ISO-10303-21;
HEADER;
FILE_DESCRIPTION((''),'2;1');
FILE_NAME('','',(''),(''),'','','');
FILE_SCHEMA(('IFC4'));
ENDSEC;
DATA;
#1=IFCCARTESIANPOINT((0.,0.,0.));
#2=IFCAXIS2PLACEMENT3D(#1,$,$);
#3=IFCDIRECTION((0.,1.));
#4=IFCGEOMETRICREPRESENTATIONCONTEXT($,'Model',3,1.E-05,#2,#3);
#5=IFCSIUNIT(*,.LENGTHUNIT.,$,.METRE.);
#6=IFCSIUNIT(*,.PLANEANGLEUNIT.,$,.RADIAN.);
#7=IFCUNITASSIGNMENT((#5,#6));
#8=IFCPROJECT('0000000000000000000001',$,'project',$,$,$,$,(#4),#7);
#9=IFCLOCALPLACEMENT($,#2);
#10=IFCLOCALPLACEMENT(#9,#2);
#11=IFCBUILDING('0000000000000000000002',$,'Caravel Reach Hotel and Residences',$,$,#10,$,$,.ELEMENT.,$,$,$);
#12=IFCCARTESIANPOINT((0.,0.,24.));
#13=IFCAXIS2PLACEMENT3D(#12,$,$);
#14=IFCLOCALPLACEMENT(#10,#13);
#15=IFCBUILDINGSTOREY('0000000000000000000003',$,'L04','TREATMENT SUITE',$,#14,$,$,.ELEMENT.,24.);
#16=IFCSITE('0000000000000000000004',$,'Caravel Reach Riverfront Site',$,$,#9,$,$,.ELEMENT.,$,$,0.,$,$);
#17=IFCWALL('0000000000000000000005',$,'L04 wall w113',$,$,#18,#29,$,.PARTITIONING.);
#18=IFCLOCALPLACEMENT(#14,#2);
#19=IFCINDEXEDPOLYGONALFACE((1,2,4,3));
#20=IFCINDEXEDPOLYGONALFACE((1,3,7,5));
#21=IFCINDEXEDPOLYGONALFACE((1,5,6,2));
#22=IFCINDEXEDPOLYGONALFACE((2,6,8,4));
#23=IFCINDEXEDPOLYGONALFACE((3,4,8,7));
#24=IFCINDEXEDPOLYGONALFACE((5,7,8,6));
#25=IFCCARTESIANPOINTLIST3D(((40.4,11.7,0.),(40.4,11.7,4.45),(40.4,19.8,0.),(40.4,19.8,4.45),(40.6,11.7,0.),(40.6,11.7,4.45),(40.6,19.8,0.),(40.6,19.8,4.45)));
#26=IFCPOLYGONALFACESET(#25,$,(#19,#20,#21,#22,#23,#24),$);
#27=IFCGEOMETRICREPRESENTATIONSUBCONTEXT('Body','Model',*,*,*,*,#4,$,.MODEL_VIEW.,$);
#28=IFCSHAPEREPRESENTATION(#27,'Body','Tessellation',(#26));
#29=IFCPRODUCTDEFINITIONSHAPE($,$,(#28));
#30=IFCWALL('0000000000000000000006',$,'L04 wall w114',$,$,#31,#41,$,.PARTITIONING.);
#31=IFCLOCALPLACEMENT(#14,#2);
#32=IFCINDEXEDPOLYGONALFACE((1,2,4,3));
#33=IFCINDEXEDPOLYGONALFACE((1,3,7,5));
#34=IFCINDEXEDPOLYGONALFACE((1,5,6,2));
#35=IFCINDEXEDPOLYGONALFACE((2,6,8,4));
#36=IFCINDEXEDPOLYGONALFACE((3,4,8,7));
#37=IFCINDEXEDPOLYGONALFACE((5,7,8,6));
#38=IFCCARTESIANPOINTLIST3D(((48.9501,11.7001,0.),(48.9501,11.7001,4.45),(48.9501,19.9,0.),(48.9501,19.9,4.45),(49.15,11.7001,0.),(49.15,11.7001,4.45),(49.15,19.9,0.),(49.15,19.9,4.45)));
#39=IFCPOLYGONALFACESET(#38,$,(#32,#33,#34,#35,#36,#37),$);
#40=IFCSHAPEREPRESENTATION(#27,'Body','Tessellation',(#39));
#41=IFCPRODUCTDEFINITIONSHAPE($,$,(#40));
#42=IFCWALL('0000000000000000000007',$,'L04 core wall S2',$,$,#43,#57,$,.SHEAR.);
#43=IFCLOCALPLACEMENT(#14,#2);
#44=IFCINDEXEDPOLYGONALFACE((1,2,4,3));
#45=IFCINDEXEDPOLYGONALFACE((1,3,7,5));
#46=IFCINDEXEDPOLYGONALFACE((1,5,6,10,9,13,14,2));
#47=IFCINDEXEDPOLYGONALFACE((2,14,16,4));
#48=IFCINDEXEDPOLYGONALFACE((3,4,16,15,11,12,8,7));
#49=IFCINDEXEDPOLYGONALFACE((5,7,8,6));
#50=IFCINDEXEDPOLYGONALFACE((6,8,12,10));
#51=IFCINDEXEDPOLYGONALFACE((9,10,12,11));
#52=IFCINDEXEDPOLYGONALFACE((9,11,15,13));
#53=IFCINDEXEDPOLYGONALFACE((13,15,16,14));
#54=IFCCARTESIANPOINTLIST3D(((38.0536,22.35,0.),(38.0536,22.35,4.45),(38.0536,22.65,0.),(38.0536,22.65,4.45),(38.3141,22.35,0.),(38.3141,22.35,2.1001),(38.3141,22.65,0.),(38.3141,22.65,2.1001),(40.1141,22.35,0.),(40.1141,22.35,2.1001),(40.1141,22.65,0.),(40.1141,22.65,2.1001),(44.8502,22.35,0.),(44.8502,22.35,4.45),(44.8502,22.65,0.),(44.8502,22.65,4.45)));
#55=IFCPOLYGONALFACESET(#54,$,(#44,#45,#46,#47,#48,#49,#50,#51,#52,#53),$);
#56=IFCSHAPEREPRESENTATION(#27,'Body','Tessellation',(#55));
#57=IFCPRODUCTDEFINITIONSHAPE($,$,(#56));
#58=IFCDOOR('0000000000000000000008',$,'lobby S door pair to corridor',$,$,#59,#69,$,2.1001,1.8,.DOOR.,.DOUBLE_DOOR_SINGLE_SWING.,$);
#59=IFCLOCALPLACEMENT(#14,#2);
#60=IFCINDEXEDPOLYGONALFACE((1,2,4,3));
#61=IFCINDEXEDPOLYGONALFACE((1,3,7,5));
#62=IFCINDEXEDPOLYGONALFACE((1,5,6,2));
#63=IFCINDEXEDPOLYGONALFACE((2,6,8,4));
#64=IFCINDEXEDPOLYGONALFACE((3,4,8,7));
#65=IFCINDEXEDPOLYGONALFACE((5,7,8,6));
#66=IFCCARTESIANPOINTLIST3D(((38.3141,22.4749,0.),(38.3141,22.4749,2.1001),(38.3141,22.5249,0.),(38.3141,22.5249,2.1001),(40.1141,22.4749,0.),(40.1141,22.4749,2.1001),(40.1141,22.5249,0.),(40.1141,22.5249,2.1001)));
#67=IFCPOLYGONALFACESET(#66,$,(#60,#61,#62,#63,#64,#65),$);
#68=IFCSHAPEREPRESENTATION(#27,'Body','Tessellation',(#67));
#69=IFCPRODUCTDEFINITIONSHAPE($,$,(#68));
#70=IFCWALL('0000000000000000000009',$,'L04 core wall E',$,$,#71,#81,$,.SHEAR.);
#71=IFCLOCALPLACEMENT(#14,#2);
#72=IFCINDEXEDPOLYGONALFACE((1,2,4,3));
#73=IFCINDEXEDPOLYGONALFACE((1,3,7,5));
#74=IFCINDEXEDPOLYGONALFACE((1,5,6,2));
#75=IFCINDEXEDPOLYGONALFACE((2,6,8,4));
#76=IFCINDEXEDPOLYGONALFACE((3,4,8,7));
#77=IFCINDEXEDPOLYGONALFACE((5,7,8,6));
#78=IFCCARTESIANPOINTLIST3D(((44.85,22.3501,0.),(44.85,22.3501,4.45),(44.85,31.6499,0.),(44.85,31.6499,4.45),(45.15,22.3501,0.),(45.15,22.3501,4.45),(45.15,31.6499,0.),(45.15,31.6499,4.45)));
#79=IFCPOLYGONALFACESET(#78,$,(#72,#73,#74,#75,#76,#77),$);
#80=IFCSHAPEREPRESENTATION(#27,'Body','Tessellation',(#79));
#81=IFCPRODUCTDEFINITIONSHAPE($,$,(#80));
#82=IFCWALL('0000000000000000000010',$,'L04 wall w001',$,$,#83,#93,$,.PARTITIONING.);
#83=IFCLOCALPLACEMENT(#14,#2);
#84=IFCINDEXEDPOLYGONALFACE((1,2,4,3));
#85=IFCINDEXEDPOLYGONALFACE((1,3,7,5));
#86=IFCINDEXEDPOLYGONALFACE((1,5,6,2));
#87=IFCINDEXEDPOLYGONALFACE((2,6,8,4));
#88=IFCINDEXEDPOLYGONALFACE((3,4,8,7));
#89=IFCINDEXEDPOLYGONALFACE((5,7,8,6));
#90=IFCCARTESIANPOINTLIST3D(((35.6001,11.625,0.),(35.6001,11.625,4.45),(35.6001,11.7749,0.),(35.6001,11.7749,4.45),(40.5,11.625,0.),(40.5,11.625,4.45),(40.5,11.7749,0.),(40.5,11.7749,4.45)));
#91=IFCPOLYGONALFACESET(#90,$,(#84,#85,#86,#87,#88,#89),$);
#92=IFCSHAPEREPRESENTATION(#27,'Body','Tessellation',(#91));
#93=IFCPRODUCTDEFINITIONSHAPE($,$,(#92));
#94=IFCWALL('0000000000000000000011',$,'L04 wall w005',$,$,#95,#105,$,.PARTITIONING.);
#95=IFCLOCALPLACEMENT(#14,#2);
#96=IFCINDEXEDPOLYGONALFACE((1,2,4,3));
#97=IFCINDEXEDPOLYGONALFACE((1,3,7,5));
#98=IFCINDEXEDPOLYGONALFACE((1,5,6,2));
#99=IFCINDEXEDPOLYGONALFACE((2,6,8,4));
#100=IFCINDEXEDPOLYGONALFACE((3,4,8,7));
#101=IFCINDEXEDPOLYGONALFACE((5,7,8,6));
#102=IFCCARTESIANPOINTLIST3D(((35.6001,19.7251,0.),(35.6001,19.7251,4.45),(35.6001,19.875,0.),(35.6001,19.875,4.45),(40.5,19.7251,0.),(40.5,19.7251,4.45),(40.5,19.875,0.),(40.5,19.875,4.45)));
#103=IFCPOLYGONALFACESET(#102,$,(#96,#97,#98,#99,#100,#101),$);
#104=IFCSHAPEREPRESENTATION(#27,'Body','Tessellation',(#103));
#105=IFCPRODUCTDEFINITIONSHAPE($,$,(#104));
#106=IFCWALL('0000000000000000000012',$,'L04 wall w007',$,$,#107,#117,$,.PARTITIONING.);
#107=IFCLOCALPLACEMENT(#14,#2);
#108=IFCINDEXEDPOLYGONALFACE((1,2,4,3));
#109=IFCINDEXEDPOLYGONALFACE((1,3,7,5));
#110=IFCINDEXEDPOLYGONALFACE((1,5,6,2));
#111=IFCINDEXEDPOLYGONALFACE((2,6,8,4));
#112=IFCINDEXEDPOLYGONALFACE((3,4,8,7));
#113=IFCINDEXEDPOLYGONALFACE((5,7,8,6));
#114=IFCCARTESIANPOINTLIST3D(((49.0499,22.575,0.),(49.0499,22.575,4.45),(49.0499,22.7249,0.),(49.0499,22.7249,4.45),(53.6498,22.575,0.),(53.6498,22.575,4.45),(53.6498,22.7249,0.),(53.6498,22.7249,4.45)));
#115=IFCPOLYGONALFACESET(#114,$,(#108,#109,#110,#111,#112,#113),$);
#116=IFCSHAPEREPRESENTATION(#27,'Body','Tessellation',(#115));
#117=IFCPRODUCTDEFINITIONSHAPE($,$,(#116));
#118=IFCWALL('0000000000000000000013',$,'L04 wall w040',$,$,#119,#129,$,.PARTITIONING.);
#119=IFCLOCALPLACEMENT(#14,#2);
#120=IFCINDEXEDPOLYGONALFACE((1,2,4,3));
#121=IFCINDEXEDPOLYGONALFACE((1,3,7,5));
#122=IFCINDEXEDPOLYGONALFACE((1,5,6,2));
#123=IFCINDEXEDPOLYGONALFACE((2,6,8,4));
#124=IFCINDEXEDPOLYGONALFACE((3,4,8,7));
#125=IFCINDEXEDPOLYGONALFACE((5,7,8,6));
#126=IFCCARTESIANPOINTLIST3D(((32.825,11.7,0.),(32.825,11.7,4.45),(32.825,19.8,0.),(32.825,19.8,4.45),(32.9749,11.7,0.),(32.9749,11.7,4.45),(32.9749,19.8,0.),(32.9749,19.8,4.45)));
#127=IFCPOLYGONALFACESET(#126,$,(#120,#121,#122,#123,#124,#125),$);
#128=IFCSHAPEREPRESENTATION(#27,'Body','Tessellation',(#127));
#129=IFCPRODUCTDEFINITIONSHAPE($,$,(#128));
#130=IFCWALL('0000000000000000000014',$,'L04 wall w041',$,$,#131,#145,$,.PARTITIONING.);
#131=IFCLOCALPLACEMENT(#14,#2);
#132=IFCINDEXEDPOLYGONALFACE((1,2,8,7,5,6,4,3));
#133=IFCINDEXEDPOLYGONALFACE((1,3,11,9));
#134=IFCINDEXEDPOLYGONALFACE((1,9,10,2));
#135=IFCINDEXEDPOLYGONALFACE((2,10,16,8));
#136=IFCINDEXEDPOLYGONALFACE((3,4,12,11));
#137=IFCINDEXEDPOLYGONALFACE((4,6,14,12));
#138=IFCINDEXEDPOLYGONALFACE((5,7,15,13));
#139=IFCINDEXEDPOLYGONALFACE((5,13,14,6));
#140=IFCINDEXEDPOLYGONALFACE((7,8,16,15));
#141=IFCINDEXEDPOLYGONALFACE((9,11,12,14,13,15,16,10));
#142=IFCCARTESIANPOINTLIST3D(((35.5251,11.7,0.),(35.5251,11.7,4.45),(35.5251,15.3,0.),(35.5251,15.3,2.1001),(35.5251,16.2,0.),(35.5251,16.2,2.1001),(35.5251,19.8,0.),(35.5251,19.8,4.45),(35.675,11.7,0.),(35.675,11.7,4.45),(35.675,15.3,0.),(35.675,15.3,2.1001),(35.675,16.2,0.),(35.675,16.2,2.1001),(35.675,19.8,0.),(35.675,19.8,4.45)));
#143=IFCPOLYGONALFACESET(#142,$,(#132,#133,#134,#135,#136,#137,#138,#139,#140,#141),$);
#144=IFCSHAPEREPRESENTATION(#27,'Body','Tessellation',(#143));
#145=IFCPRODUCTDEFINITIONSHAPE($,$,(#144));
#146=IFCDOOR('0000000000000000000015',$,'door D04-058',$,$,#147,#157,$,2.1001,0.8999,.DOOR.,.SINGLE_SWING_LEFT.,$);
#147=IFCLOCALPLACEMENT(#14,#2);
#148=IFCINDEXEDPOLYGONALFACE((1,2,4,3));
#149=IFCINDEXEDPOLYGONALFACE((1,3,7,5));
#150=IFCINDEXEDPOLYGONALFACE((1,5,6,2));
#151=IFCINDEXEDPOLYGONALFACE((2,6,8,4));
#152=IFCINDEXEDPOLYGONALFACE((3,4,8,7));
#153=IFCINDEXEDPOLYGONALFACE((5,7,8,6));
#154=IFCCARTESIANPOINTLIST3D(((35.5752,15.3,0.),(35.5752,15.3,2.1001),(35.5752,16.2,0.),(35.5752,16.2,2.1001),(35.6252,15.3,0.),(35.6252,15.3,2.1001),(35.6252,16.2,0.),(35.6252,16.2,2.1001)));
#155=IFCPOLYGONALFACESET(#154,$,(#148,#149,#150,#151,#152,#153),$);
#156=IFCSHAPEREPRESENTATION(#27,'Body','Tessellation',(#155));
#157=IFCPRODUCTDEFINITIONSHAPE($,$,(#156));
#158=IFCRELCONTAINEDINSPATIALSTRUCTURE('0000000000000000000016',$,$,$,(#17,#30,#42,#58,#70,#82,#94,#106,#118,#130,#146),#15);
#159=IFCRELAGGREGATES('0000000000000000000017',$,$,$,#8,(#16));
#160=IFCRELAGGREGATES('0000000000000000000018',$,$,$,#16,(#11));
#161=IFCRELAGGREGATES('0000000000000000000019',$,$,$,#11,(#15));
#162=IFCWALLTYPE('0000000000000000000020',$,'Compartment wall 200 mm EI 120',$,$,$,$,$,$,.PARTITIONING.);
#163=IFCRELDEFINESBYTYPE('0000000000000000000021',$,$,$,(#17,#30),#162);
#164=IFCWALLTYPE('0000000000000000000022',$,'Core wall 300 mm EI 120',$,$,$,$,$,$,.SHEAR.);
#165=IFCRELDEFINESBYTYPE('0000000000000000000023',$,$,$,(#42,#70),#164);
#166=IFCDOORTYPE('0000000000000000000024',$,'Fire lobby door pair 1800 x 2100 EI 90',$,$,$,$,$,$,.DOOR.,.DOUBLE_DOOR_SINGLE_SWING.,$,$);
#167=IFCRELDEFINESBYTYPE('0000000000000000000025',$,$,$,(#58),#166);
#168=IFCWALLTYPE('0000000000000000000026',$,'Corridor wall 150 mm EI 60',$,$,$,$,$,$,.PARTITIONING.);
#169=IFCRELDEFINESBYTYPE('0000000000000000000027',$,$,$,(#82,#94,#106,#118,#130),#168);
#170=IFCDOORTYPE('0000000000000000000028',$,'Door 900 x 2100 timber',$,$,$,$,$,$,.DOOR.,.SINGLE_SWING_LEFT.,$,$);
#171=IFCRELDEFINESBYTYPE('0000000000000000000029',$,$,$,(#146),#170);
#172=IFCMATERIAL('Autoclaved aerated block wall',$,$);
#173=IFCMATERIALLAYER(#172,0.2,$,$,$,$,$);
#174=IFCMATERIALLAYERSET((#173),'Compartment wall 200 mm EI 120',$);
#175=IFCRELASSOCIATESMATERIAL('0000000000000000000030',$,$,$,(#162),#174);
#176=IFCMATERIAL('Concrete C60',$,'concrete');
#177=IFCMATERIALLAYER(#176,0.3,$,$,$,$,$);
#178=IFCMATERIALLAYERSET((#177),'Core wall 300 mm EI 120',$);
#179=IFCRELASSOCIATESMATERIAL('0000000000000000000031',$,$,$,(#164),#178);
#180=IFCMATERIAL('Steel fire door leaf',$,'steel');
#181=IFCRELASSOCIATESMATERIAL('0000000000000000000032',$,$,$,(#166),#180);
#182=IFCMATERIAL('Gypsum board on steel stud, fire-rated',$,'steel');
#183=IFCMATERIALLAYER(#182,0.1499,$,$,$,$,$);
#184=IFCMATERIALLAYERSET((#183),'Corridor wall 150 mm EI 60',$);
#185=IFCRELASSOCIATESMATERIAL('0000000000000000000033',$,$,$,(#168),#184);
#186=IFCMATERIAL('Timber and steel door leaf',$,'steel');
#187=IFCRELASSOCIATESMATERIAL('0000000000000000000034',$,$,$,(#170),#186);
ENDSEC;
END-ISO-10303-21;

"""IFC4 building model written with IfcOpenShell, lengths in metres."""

from ifc_helpers import new_model, si_unit, direction, frame, frame_2d, origin, place, context, subcontext, project, spatial, rectangle, extrude, material, layer, layer_set, type_object, element, fill, save


model = new_model("IFC4")

# Units and contexts
model_context = context("Model", 3, precision=1e-05, world=origin(), true_north=direction((0.0, 1.0)))
body_context = subcontext(model_context, "Body", "Model", "MODEL_VIEW")
ifc_project = project(units=[si_unit("LENGTHUNIT", "METRE"), si_unit("PLANEANGLEUNIT", "RADIAN")], contexts=[model_context])

# Site, building, storey
site_placement = place(None, origin())
site = spatial("IfcSite", under=ifc_project, at=site_placement, Name="Caravel Reach Riverfront Site", CompositionType="ELEMENT", RefElevation=0.0)
building_placement = place(site_placement, origin())
building = spatial("IfcBuilding", under=site, at=building_placement, Name="Caravel Reach Hotel and Residences", CompositionType="ELEMENT")
storey_placement = place(building_placement, frame((0.0, 0.0, 24.0)))
storey = spatial("IfcBuildingStorey", under=building, at=storey_placement, Name="L04", Description="TREATMENT SUITE", CompositionType="ELEMENT", Elevation=24.0)

# Shared definitions
ifc_material_1 = material(Name="Autoclaved aerated block wall")
ifc_layer_1 = layer(ifc_material_1, 0.2)
ifc_layer_set_1 = layer_set([ifc_layer_1], Name="Compartment wall 200 mm EI 120")
wall_type_1 = type_object("IfcWallType", Name="Compartment wall 200 mm EI 120", PredefinedType="PARTITIONING", material=ifc_layer_set_1)

# Walls
wall_1_placement = place(storey_placement, frame((40.5, 11.7, 0.0), z_axis=(0.0, 0.0, 1.0), x_axis=(0.0, 1.0, 0.0)))
element("IfcWall", 1, at=wall_1_placement, inside=storey, type_object=wall_type_1, Name="L04 wall w113", PredefinedType="PARTITIONING", context=body_context, shape_type="SweptSolid", body=[
    extrude(rectangle(XDim=8.1001, YDim=0.2, at=frame_2d((4.05, 0.0))), origin(), (0.0, 0.0, 1.0), 4.45),
])
wall_2_placement = place(storey_placement, frame((49.05, 11.7, 0.0), z_axis=(0.0, 0.0, 1.0), x_axis=(0.0, 1.0, 0.0)))
element("IfcWall", 2, at=wall_2_placement, inside=storey, type_object=wall_type_1, Name="L04 wall w114", PredefinedType="PARTITIONING", context=body_context, shape_type="SweptSolid", body=[
    extrude(rectangle(XDim=8.2, YDim=0.2, at=frame_2d((4.1001, 0.0))), origin(), (0.0, 0.0, 1.0), 4.45),
])

# Wall, opening, door
ifc_material_2 = material(Name="Concrete C60", Category="concrete")
ifc_layer_2 = layer(ifc_material_2, 0.3)
ifc_layer_set_2 = layer_set([ifc_layer_2], Name="Core wall 300 mm EI 120")
wall_type_2 = type_object("IfcWallType", Name="Core wall 300 mm EI 120", PredefinedType="SHEAR", material=ifc_layer_set_2)
wall_3_placement = place(storey_placement, frame((38.0535, 22.5, 0.0), z_axis=(0.0, 0.0, 1.0), x_axis=(1.0, 0.0, 0.0)))
wall_3 = element("IfcWall", 3, at=wall_3_placement, inside=storey, type_object=wall_type_2, Name="L04 core wall S2", PredefinedType="SHEAR", context=body_context, shape_type="SweptSolid", body=[
    extrude(rectangle(XDim=6.7966, YDim=0.3, at=frame_2d((3.3984, 0.0))), origin(), (0.0, 0.0, 1.0), 4.45),
])
opening_1_placement = place(wall_3_placement, frame((0.2607, 0.0, 0.0)))
opening_1 = element("IfcOpeningElement", 4, at=opening_1_placement, cuts=wall_3, PredefinedType="OPENING", context=body_context, shape_type="SweptSolid", body=[
    extrude(rectangle(XDim=1.8, YDim=2.1001, at=frame_2d((0.8999, 1.05))), frame((0.0, 0.1599, 0.0), z_axis=(0.0, -1.0, 0.0), x_axis=(1.0, 0.0, 0.0)), (0.0, 0.0, 1.0), 0.3201),
])
ifc_material_3 = material(Name="Steel fire door leaf", Category="steel")
door_type_1 = type_object("IfcDoorType", Name="Fire lobby door pair 1800 x 2100 EI 90", OperationType="DOUBLE_DOOR_SINGLE_SWING", PredefinedType="DOOR", material=ifc_material_3)
door_1_placement = place(opening_1_placement, origin())
door_1 = element("IfcDoor", 5, at=door_1_placement, inside=storey, type_object=door_type_1, Name="lobby S door pair to corridor", OperationType="DOUBLE_DOOR_SINGLE_SWING", OverallHeight=2.1001, OverallWidth=1.8, PredefinedType="DOOR", context=body_context, shape_type="SweptSolid", body=[
    extrude(rectangle(XDim=1.8, YDim=2.1001, at=frame_2d((0.8999, 1.05))), frame((0.0, 0.0249, 0.0), z_axis=(0.0, -1.0, 0.0), x_axis=(1.0, 0.0, 0.0)), (0.0, 0.0, 1.0), 0.05),
])
fill(opening_1, door_1)

# Walls
wall_4_placement = place(storey_placement, frame((45.0, 22.3501, 0.0), z_axis=(0.0, 0.0, 1.0), x_axis=(0.0, 1.0, 0.0)))
element("IfcWall", 6, at=wall_4_placement, inside=storey, type_object=wall_type_2, Name="L04 core wall E", PredefinedType="SHEAR", context=body_context, shape_type="SweptSolid", body=[
    extrude(rectangle(XDim=9.2998, YDim=0.3, at=frame_2d((4.6499, 0.0))), origin(), (0.0, 0.0, 1.0), 4.45),
])
ifc_material_4 = material(Name="Gypsum board on steel stud, fire-rated", Category="steel")
ifc_layer_3 = layer(ifc_material_4, 0.1499)
ifc_layer_set_3 = layer_set([ifc_layer_3], Name="Corridor wall 150 mm EI 60")
wall_type_3 = type_object("IfcWallType", Name="Corridor wall 150 mm EI 60", PredefinedType="PARTITIONING", material=ifc_layer_set_3)
for number, where, z_axis, x_axis, name in (
    (7, (35.6001, 11.7, 0.0), (0.0, 0.0, 1.0), (1.0, 0.0, 0.0), "L04 wall w001"),
    (8, (35.6001, 19.8, 0.0), (0.0, 0.0, 1.0), (1.0, 0.0, 0.0), "L04 wall w005"),
):
    element("IfcWall", number, at=place(storey_placement, frame(where, z_axis=z_axis, x_axis=x_axis)), inside=storey, type_object=wall_type_3, Name=name, PredefinedType="PARTITIONING", context=body_context, shape_type="SweptSolid", body=[
        extrude(rectangle(XDim=4.8999, YDim=0.1499, at=frame_2d((2.45, 0.0))), origin(), (0.0, 0.0, 1.0), 4.45),
    ])
wall_5_placement = place(storey_placement, frame((49.05, 22.6499, 0.0), z_axis=(0.0, 0.0, 1.0), x_axis=(1.0, 0.0, 0.0)))
element("IfcWall", 9, at=wall_5_placement, inside=storey, type_object=wall_type_3, Name="L04 wall w007", PredefinedType="PARTITIONING", context=body_context, shape_type="SweptSolid", body=[
    extrude(rectangle(XDim=4.5999, YDim=0.1499, at=frame_2d((2.2998, 0.0))), origin(), (0.0, 0.0, 1.0), 4.45),
])
wall_6_placement = place(storey_placement, frame((32.8999, 11.7, 0.0), z_axis=(0.0, 0.0, 1.0), x_axis=(0.0, 1.0, 0.0)))
element("IfcWall", 10, at=wall_6_placement, inside=storey, type_object=wall_type_3, Name="L04 wall w040", PredefinedType="PARTITIONING", context=body_context, shape_type="SweptSolid", body=[
    extrude(rectangle(XDim=8.1001, YDim=0.1499, at=frame_2d((4.05, 0.0))), origin(), (0.0, 0.0, 1.0), 4.45),
])

# Wall, opening, door
wall_7_placement = place(storey_placement, frame((35.6001, 11.7, 0.0), z_axis=(0.0, 0.0, 1.0), x_axis=(0.0, 1.0, 0.0)))
wall_7 = element("IfcWall", 11, at=wall_7_placement, inside=storey, type_object=wall_type_3, Name="L04 wall w041", PredefinedType="PARTITIONING", context=body_context, shape_type="SweptSolid", body=[
    extrude(rectangle(XDim=8.1001, YDim=0.1499, at=frame_2d((4.05, 0.0))), origin(), (0.0, 0.0, 1.0), 4.45),
])
opening_2_placement = place(wall_7_placement, frame((3.6001, 0.0, 0.0)))
opening_2 = element("IfcOpeningElement", 12, at=opening_2_placement, cuts=wall_7, PredefinedType="OPENING", context=body_context, shape_type="SweptSolid", body=[
    extrude(rectangle(XDim=0.8999, YDim=2.1001, at=frame_2d((0.45, 1.05))), frame((0.0, 0.085, 0.0), z_axis=(0.0, -1.0, 0.0), x_axis=(1.0, 0.0, 0.0)), (0.0, 0.0, 1.0), 0.1699),
])
ifc_material_5 = material(Name="Timber and steel door leaf", Category="steel")
door_type_2 = type_object("IfcDoorType", Name="Door 900 x 2100 timber", OperationType="SINGLE_SWING_LEFT", PredefinedType="DOOR", material=ifc_material_5)
door_2_placement = place(opening_2_placement, origin())
door_2 = element("IfcDoor", 13, at=door_2_placement, inside=storey, type_object=door_type_2, Name="door D04-058", OperationType="SINGLE_SWING_LEFT", OverallHeight=2.1001, OverallWidth=0.8999, PredefinedType="DOOR", context=body_context, shape_type="SweptSolid", body=[
    extrude(rectangle(XDim=0.8999, YDim=2.1001, at=frame_2d((0.45, 1.05))), frame((0.0, 0.0249, 0.0), z_axis=(0.0, -1.0, 0.0), x_axis=(1.0, 0.0, 0.0)), (0.0, 0.0, 1.0), 0.05),
])
fill(opening_2, door_2)

save(model, "model.ifc")
